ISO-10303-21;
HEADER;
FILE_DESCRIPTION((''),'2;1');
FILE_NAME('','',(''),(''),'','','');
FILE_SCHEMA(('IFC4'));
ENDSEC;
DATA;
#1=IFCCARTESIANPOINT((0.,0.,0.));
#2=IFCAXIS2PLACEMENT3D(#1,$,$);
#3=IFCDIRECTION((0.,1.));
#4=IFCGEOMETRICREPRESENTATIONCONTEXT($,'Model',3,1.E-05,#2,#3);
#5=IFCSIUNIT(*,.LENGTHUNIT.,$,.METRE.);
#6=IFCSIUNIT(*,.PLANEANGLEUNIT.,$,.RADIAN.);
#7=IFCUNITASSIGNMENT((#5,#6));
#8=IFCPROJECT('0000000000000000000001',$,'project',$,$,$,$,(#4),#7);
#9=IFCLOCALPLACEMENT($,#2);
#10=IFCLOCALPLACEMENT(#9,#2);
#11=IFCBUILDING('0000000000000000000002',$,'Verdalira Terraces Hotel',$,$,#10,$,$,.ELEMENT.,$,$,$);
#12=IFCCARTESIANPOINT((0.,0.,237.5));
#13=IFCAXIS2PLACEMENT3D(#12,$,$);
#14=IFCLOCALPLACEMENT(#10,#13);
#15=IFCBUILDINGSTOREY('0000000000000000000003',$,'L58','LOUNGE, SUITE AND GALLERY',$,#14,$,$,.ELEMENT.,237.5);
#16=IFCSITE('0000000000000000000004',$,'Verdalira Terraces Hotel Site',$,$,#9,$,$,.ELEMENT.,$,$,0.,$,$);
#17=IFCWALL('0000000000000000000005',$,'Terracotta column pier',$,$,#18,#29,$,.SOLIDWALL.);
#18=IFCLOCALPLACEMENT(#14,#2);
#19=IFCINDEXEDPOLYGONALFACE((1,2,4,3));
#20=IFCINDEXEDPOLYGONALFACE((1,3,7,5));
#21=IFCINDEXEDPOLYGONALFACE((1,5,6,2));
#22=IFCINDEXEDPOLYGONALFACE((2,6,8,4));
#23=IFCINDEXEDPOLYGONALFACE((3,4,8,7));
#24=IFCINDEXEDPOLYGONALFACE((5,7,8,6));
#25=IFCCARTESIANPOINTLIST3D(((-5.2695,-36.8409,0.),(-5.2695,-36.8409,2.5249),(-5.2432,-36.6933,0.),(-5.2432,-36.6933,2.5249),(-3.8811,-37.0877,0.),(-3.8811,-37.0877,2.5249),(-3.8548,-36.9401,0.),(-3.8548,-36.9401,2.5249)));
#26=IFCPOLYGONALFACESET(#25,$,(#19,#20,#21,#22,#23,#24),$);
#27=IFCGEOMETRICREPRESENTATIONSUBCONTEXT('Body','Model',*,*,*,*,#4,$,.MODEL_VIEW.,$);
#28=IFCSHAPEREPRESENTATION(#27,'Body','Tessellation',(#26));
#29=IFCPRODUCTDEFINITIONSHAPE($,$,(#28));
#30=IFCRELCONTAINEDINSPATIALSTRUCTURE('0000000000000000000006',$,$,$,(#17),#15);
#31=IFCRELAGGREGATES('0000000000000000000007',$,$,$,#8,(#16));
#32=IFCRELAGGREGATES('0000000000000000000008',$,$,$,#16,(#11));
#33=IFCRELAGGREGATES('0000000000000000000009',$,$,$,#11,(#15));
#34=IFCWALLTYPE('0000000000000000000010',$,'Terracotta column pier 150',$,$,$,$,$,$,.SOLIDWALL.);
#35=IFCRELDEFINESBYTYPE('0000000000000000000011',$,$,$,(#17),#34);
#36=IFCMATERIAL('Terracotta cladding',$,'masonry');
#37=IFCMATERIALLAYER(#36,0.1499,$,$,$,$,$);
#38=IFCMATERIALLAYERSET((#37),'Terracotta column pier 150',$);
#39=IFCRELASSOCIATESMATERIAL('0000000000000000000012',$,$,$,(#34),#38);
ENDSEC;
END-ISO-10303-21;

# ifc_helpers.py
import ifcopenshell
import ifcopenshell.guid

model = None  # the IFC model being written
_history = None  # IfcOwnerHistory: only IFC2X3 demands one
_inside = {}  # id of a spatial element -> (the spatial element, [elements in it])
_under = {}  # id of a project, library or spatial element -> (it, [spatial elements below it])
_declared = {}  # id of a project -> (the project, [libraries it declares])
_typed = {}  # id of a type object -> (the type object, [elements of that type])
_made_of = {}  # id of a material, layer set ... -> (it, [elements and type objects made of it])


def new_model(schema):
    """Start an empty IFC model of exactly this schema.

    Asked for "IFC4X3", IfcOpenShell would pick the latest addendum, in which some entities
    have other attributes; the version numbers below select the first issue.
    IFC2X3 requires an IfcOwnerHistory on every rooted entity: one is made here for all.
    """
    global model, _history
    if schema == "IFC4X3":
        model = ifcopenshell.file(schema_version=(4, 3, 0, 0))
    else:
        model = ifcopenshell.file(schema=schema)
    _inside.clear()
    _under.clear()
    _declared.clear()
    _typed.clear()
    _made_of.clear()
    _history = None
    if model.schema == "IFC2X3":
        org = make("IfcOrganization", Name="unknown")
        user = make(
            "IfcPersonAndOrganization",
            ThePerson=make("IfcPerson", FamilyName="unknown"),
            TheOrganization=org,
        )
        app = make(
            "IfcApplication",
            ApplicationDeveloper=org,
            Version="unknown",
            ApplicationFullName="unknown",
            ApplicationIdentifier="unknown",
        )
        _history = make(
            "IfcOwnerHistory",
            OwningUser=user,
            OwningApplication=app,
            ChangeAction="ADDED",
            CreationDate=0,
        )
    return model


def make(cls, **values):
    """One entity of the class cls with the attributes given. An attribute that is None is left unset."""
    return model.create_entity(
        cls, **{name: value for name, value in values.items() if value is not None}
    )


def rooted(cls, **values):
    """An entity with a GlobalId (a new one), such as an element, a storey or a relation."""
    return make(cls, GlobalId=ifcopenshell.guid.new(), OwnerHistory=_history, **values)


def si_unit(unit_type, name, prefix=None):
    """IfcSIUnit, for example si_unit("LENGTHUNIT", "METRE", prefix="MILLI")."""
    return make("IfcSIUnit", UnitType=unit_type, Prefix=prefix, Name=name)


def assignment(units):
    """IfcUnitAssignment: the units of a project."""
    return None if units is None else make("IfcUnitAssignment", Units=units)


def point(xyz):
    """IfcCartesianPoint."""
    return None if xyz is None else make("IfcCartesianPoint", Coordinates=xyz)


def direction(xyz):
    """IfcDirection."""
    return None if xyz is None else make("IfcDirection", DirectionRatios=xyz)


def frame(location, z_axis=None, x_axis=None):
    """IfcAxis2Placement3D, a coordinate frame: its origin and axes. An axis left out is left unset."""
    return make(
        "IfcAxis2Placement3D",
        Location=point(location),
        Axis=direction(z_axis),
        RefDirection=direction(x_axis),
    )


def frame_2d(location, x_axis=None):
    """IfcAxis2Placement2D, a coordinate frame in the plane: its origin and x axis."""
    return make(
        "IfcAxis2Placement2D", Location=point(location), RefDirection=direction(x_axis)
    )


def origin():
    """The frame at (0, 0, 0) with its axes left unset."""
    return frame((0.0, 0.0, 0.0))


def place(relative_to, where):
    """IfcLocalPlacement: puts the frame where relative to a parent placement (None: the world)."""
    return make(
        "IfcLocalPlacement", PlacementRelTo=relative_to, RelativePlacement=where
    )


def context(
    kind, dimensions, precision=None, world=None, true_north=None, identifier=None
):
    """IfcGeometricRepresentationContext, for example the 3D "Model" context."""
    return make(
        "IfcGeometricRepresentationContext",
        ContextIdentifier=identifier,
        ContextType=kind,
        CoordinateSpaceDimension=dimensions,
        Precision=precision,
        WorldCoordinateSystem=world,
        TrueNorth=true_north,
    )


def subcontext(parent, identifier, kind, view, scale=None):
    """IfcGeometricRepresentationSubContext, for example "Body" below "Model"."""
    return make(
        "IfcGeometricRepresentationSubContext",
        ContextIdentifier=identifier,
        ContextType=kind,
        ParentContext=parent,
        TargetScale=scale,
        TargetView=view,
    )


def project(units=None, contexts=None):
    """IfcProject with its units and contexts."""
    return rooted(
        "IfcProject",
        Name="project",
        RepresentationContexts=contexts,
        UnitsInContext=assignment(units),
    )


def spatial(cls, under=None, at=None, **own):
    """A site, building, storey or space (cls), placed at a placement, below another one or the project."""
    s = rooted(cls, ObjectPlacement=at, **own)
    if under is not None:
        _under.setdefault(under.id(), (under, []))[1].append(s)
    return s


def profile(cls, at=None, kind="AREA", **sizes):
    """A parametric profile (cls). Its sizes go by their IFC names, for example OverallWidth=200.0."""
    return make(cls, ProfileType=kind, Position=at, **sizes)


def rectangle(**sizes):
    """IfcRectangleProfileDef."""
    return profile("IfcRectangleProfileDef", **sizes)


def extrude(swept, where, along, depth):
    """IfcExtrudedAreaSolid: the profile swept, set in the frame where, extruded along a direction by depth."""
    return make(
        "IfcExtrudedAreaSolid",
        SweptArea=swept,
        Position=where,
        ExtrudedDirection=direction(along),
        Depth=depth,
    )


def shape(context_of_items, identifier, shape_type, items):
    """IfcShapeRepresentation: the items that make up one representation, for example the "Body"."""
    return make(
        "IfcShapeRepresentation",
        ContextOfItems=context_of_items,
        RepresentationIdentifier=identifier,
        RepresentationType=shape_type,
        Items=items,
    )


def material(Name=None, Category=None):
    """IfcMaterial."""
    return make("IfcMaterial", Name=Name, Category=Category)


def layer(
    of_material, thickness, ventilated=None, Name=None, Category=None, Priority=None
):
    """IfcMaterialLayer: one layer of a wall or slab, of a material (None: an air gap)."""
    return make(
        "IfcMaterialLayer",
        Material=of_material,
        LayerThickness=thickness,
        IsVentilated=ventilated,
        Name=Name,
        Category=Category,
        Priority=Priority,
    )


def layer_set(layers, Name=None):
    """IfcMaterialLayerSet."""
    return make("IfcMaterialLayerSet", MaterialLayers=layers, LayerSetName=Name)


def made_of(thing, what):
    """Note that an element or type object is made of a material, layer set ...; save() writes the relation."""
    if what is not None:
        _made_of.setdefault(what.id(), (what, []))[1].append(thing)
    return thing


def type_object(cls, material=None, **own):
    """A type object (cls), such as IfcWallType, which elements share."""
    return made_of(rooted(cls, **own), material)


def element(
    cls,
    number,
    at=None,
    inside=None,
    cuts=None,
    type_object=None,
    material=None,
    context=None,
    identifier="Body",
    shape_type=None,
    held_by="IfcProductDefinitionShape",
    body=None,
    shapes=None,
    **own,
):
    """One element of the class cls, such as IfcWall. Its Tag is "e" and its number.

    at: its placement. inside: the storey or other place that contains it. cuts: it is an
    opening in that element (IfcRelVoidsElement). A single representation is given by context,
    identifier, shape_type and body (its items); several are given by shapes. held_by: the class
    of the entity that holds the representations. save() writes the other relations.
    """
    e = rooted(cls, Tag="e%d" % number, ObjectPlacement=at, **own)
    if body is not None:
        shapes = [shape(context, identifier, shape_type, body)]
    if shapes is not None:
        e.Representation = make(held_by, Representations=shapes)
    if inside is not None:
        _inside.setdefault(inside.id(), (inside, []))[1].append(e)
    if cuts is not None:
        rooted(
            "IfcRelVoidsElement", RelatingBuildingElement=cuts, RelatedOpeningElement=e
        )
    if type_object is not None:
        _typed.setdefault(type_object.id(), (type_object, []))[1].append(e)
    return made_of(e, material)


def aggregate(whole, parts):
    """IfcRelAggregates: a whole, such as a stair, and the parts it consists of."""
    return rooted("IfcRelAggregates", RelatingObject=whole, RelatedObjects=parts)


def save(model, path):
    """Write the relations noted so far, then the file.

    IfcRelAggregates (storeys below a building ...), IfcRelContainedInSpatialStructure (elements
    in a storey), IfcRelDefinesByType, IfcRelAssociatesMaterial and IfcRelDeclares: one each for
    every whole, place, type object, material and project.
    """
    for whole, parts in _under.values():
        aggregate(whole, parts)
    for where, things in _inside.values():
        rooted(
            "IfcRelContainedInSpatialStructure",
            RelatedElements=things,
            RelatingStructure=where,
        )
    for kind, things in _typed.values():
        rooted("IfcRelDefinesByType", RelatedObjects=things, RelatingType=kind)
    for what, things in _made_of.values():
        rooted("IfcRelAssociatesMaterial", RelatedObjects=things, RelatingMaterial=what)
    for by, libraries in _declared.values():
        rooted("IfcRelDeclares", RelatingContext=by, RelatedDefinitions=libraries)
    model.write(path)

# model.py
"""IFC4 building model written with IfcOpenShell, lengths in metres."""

from ifc_helpers import new_model, si_unit, direction, frame, frame_2d, origin, place, context, subcontext, project, spatial, rectangle, extrude, material, layer, layer_set, type_object, element, save


model = new_model("IFC4")

# Units and contexts
model_context = context("Model", 3, precision=1e-05, world=origin(), true_north=direction((0.0, 1.0)))
body_context = subcontext(model_context, "Body", "Model", "MODEL_VIEW")
ifc_project = project(units=[si_unit("LENGTHUNIT", "METRE"), si_unit("PLANEANGLEUNIT", "RADIAN")], contexts=[model_context])

# Site, building, storey
site_placement = place(None, origin())
site = spatial("IfcSite", under=ifc_project, at=site_placement, Name="Verdalira Terraces Hotel Site", CompositionType="ELEMENT", RefElevation=0.0)
building_placement = place(site_placement, origin())
building = spatial("IfcBuilding", under=site, at=building_placement, Name="Verdalira Terraces Hotel", CompositionType="ELEMENT")
storey_placement = place(building_placement, frame((0.0, 0.0, 237.5)))
storey = spatial("IfcBuildingStorey", under=building, at=storey_placement, Name="L58", Description="LOUNGE, SUITE AND GALLERY", CompositionType="ELEMENT", Elevation=237.5)

# Wall
ifc_material_1 = material(Name="Terracotta cladding", Category="masonry")
ifc_layer_1 = layer(ifc_material_1, 0.1499)
ifc_layer_set_1 = layer_set([ifc_layer_1], Name="Terracotta column pier 150")
wall_type_1 = type_object("IfcWallType", Name="Terracotta column pier 150", PredefinedType="SOLIDWALL", material=ifc_layer_set_1)
wall_1_placement = place(storey_placement, frame((-5.2563, -36.7671, 0.0), z_axis=(0.0, 0.0, 1.0), x_axis=(0.984563, -0.17503, 0.0)))
element("IfcWall", 1, at=wall_1_placement, inside=storey, type_object=wall_type_1, Name="Terracotta column pier", PredefinedType="SOLIDWALL", context=body_context, shape_type="SweptSolid", body=[
    extrude(rectangle(XDim=1.4102, YDim=0.1499, at=frame_2d((0.7051, 0.0))), origin(), (0.0, 0.0, 1.0), 2.5249),
])

save(model, "model.ifc")
